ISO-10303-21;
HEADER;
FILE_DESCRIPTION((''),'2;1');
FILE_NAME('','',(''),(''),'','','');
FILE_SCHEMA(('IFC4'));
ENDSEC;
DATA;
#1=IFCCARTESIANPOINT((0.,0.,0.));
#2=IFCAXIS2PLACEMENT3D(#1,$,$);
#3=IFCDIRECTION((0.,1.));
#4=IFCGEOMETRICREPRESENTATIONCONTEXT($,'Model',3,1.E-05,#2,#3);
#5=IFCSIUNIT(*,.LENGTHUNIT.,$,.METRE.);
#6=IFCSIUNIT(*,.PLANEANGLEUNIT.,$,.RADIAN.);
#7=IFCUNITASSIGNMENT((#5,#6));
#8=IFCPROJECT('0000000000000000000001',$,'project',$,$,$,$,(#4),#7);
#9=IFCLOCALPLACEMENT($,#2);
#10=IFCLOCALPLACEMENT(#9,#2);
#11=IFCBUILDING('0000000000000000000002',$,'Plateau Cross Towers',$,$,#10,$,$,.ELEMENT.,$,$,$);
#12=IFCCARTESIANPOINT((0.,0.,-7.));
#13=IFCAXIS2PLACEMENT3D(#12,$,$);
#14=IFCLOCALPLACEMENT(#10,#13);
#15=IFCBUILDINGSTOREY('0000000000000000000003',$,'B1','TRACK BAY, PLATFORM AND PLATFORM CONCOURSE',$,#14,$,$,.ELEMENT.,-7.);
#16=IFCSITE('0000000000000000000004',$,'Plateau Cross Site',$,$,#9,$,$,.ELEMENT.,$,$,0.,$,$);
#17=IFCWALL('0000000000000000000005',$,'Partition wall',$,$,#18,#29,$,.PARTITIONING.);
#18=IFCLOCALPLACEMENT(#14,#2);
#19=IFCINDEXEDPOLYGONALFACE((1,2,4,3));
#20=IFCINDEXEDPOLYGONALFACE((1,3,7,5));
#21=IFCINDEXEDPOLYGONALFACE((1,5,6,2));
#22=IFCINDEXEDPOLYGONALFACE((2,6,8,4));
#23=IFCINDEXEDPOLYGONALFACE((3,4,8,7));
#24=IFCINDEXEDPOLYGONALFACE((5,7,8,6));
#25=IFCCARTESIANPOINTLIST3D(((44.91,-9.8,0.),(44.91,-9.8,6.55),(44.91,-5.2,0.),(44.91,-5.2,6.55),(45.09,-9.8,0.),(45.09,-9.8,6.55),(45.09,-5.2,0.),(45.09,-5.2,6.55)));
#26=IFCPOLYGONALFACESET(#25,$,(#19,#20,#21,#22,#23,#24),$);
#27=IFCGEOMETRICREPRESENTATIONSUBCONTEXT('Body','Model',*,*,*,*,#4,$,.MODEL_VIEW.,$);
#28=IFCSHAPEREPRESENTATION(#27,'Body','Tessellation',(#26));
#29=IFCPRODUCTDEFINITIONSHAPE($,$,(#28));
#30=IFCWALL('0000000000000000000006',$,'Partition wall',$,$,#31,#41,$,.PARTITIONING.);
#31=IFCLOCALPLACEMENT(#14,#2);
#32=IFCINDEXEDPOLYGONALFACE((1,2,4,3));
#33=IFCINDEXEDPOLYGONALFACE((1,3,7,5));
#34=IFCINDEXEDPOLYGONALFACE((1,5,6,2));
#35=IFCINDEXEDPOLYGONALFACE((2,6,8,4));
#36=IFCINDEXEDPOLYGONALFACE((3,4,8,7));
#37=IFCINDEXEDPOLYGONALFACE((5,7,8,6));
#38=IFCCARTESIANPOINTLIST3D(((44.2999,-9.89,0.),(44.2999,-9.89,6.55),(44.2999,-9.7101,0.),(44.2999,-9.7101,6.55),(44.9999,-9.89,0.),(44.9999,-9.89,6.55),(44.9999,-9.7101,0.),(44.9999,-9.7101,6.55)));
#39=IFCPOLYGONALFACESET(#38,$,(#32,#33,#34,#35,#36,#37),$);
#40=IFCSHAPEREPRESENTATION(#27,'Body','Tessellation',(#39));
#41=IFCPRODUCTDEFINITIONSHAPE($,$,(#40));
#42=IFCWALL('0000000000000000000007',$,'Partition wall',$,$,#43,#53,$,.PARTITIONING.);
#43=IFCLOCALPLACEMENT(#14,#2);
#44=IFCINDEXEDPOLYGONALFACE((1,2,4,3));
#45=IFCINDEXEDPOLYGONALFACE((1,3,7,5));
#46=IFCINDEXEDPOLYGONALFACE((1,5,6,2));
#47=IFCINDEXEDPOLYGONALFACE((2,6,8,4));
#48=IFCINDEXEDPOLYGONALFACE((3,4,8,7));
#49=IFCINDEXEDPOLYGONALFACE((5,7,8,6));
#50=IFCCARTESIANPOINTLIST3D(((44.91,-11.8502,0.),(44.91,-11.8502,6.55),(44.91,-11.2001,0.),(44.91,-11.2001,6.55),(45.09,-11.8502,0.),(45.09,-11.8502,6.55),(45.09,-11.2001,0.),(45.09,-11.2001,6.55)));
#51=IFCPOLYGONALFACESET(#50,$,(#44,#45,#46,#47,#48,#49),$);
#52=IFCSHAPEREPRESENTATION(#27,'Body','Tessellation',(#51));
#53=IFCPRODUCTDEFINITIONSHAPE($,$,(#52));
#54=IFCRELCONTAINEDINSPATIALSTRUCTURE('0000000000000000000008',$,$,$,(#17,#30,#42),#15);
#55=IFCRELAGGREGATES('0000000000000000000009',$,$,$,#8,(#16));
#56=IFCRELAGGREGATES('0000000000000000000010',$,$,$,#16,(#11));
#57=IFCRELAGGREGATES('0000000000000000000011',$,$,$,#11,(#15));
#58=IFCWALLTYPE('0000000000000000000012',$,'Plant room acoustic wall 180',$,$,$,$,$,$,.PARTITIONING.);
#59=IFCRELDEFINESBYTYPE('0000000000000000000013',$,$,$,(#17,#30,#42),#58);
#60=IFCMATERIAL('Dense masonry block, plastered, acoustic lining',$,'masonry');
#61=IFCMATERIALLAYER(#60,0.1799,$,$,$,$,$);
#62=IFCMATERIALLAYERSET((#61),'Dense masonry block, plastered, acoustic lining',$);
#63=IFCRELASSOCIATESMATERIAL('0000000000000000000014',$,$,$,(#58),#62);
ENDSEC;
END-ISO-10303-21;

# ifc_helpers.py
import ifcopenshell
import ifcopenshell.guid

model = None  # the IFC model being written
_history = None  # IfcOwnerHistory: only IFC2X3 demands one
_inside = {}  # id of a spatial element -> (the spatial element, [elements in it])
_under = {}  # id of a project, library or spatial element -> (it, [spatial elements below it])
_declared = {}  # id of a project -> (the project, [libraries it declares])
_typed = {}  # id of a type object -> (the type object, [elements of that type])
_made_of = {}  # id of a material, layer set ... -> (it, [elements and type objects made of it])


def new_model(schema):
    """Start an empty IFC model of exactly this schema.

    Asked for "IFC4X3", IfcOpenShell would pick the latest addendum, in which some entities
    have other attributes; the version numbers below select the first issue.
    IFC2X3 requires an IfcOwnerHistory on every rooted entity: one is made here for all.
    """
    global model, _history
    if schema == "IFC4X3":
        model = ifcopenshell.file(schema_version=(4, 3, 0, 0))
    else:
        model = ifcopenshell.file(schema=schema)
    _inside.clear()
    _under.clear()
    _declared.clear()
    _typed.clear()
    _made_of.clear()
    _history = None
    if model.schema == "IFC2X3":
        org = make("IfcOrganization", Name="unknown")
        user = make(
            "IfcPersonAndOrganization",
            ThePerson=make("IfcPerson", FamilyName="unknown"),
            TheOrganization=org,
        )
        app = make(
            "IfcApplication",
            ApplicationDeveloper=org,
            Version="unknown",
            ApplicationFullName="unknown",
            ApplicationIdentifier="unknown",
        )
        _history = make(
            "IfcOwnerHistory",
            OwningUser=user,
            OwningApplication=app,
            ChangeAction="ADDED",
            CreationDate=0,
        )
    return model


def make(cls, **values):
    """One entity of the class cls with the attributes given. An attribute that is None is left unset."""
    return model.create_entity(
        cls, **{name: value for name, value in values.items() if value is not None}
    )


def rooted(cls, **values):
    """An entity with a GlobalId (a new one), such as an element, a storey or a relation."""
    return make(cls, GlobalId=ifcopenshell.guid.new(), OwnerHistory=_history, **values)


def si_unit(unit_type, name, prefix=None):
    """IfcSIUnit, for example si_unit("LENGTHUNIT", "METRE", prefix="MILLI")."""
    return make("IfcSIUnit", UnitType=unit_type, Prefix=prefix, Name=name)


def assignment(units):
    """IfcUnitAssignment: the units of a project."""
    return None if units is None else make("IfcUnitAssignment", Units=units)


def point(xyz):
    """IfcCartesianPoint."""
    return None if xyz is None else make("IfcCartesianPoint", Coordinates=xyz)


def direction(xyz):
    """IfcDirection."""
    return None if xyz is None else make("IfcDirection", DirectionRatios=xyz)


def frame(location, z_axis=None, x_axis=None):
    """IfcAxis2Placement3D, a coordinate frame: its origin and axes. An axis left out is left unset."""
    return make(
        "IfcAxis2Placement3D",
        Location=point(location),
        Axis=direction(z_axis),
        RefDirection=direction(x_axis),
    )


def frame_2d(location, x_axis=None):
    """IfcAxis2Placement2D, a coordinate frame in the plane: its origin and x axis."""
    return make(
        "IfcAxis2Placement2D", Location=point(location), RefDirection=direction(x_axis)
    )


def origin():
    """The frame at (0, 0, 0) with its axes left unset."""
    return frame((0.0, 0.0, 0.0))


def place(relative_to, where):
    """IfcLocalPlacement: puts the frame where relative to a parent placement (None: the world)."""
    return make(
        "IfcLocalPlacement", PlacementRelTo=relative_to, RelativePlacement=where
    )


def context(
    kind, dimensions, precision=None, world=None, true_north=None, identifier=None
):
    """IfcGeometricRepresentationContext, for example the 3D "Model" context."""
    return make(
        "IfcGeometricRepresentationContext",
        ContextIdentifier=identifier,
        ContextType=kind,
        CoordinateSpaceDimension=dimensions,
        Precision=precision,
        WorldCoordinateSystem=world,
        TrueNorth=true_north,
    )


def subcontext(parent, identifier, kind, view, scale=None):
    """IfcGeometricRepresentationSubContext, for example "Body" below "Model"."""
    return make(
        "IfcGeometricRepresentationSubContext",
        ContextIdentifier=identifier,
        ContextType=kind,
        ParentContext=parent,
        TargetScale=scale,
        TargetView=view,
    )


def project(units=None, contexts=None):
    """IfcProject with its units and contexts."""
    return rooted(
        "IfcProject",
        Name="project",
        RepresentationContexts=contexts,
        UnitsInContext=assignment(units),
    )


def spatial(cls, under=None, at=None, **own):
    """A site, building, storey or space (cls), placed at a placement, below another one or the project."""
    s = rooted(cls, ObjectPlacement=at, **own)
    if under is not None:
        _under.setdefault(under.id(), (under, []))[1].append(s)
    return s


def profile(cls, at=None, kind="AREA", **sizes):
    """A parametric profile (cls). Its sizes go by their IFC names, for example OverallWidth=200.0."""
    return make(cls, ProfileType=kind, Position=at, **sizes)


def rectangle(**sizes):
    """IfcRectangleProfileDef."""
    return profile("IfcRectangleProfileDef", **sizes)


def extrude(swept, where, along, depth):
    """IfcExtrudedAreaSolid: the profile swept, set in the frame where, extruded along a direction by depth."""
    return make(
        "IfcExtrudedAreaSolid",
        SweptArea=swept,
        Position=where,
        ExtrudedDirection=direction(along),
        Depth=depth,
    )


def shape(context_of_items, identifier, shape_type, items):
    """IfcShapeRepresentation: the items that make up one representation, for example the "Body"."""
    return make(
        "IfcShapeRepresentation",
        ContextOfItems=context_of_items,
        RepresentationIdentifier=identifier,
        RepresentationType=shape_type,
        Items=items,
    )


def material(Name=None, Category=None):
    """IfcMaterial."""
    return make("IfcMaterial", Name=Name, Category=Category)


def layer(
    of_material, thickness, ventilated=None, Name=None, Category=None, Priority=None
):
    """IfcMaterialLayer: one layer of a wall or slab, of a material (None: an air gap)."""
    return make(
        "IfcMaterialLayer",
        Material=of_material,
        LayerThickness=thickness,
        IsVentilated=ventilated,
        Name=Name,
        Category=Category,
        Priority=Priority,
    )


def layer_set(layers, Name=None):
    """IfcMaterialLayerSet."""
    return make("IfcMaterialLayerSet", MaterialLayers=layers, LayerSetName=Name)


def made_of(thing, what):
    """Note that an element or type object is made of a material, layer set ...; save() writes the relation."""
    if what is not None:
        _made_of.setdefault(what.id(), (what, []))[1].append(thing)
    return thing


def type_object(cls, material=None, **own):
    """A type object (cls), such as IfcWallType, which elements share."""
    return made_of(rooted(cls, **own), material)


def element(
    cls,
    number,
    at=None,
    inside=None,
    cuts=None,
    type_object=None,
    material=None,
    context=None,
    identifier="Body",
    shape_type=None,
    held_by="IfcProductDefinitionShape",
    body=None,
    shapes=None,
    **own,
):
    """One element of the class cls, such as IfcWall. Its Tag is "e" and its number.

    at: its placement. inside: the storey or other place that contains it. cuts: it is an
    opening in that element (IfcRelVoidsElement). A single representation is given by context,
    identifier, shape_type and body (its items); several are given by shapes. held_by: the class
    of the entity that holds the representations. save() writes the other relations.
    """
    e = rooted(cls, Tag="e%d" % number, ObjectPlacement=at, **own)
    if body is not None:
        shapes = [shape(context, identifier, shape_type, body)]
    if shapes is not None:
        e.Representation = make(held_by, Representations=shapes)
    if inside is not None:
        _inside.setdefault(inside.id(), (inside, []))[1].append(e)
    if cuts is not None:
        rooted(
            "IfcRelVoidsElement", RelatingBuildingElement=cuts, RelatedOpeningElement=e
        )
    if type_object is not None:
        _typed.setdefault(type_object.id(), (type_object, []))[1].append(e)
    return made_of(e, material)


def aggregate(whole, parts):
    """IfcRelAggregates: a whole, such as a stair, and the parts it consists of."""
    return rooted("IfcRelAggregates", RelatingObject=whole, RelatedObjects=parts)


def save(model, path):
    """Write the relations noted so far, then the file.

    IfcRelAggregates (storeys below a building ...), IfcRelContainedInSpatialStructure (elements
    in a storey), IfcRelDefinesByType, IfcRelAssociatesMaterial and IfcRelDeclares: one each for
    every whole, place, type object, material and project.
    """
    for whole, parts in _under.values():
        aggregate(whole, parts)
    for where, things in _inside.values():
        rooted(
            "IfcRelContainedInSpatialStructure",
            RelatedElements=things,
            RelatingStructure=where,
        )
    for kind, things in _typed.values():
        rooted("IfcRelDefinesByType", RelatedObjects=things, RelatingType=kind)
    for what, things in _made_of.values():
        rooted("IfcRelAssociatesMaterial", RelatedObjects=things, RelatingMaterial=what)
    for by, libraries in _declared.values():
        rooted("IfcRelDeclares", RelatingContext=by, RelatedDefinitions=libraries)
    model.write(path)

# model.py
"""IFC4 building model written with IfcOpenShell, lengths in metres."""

from ifc_helpers import new_model, si_unit, direction, frame, frame_2d, origin, place, context, subcontext, project, spatial, rectangle, extrude, material, layer, layer_set, type_object, element, save


model = new_model("IFC4")

# Units and contexts
model_context = context("Model", 3, precision=1e-05, world=origin(), true_north=direction((0.0, 1.0)))
body_context = subcontext(model_context, "Body", "Model", "MODEL_VIEW")
ifc_project = project(units=[si_unit("LENGTHUNIT", "METRE"), si_unit("PLANEANGLEUNIT", "RADIAN")], contexts=[model_context])

# Site, building, storey
site_placement = place(None, origin())
site = spatial("IfcSite", under=ifc_project, at=site_placement, Name="Plateau Cross Site", CompositionType="ELEMENT", RefElevation=0.0)
building_placement = place(site_placement, origin())
building = spatial("IfcBuilding", under=site, at=building_placement, Name="Plateau Cross Towers", CompositionType="ELEMENT")
storey_placement = place(building_placement, frame((0.0, 0.0, -7.0)))
storey = spatial("IfcBuildingStorey", under=building, at=storey_placement, Name="B1", Description="TRACK BAY, PLATFORM AND PLATFORM CONCOURSE", CompositionType="ELEMENT", Elevation=-7.0)

# Walls
ifc_material_1 = material(Name="Dense masonry block, plastered, acoustic lining", Category="masonry")
ifc_layer = layer(ifc_material_1, 0.1799)
ifc_layer_set = layer_set([ifc_layer], Name="Dense masonry block, plastered, acoustic lining")
wall_type = type_object("IfcWallType", Name="Plant room acoustic wall 180", PredefinedType="PARTITIONING", material=ifc_layer_set)
wall_1_placement = place(storey_placement, frame((45.0, -5.2, 0.0), z_axis=(0.0, 0.0, 1.0), x_axis=(0.0, -1.0, 0.0)))
element("IfcWall", 1, at=wall_1_placement, inside=storey, type_object=wall_type, Name="Partition wall", PredefinedType="PARTITIONING", context=body_context, shape_type="SweptSolid", body=[
    extrude(rectangle(XDim=4.6001, YDim=0.1799, at=frame_2d((2.3, 0.0))), origin(), (0.0, 0.0, 1.0), 6.55),
])
wall_2_placement = place(storey_placement, frame((45.0, -9.8, 0.0), z_axis=(0.0, 0.0, 1.0), x_axis=(-1.0, 0.0, 0.0)))
element("IfcWall", 2, at=wall_2_placement, inside=storey, type_object=wall_type, Name="Partition wall", PredefinedType="PARTITIONING", context=body_context, shape_type="SweptSolid", body=[
    extrude(rectangle(XDim=0.7, YDim=0.1799, at=frame_2d((0.3501, 0.0))), origin(), (0.0, 0.0, 1.0), 6.55),
])
wall_3_placement = place(storey_placement, frame((45.0, -11.2, 0.0), z_axis=(0.0, 0.0, 1.0), x_axis=(0.0, -1.0, 0.0)))
element("IfcWall", 3, at=wall_3_placement, inside=storey, type_object=wall_type, Name="Partition wall", PredefinedType="PARTITIONING", context=body_context, shape_type="SweptSolid", body=[
    extrude(rectangle(XDim=0.6501, YDim=0.1799, at=frame_2d((0.3252, 0.0))), origin(), (0.0, 0.0, 1.0), 6.55),
])

save(model, "model.ifc")
